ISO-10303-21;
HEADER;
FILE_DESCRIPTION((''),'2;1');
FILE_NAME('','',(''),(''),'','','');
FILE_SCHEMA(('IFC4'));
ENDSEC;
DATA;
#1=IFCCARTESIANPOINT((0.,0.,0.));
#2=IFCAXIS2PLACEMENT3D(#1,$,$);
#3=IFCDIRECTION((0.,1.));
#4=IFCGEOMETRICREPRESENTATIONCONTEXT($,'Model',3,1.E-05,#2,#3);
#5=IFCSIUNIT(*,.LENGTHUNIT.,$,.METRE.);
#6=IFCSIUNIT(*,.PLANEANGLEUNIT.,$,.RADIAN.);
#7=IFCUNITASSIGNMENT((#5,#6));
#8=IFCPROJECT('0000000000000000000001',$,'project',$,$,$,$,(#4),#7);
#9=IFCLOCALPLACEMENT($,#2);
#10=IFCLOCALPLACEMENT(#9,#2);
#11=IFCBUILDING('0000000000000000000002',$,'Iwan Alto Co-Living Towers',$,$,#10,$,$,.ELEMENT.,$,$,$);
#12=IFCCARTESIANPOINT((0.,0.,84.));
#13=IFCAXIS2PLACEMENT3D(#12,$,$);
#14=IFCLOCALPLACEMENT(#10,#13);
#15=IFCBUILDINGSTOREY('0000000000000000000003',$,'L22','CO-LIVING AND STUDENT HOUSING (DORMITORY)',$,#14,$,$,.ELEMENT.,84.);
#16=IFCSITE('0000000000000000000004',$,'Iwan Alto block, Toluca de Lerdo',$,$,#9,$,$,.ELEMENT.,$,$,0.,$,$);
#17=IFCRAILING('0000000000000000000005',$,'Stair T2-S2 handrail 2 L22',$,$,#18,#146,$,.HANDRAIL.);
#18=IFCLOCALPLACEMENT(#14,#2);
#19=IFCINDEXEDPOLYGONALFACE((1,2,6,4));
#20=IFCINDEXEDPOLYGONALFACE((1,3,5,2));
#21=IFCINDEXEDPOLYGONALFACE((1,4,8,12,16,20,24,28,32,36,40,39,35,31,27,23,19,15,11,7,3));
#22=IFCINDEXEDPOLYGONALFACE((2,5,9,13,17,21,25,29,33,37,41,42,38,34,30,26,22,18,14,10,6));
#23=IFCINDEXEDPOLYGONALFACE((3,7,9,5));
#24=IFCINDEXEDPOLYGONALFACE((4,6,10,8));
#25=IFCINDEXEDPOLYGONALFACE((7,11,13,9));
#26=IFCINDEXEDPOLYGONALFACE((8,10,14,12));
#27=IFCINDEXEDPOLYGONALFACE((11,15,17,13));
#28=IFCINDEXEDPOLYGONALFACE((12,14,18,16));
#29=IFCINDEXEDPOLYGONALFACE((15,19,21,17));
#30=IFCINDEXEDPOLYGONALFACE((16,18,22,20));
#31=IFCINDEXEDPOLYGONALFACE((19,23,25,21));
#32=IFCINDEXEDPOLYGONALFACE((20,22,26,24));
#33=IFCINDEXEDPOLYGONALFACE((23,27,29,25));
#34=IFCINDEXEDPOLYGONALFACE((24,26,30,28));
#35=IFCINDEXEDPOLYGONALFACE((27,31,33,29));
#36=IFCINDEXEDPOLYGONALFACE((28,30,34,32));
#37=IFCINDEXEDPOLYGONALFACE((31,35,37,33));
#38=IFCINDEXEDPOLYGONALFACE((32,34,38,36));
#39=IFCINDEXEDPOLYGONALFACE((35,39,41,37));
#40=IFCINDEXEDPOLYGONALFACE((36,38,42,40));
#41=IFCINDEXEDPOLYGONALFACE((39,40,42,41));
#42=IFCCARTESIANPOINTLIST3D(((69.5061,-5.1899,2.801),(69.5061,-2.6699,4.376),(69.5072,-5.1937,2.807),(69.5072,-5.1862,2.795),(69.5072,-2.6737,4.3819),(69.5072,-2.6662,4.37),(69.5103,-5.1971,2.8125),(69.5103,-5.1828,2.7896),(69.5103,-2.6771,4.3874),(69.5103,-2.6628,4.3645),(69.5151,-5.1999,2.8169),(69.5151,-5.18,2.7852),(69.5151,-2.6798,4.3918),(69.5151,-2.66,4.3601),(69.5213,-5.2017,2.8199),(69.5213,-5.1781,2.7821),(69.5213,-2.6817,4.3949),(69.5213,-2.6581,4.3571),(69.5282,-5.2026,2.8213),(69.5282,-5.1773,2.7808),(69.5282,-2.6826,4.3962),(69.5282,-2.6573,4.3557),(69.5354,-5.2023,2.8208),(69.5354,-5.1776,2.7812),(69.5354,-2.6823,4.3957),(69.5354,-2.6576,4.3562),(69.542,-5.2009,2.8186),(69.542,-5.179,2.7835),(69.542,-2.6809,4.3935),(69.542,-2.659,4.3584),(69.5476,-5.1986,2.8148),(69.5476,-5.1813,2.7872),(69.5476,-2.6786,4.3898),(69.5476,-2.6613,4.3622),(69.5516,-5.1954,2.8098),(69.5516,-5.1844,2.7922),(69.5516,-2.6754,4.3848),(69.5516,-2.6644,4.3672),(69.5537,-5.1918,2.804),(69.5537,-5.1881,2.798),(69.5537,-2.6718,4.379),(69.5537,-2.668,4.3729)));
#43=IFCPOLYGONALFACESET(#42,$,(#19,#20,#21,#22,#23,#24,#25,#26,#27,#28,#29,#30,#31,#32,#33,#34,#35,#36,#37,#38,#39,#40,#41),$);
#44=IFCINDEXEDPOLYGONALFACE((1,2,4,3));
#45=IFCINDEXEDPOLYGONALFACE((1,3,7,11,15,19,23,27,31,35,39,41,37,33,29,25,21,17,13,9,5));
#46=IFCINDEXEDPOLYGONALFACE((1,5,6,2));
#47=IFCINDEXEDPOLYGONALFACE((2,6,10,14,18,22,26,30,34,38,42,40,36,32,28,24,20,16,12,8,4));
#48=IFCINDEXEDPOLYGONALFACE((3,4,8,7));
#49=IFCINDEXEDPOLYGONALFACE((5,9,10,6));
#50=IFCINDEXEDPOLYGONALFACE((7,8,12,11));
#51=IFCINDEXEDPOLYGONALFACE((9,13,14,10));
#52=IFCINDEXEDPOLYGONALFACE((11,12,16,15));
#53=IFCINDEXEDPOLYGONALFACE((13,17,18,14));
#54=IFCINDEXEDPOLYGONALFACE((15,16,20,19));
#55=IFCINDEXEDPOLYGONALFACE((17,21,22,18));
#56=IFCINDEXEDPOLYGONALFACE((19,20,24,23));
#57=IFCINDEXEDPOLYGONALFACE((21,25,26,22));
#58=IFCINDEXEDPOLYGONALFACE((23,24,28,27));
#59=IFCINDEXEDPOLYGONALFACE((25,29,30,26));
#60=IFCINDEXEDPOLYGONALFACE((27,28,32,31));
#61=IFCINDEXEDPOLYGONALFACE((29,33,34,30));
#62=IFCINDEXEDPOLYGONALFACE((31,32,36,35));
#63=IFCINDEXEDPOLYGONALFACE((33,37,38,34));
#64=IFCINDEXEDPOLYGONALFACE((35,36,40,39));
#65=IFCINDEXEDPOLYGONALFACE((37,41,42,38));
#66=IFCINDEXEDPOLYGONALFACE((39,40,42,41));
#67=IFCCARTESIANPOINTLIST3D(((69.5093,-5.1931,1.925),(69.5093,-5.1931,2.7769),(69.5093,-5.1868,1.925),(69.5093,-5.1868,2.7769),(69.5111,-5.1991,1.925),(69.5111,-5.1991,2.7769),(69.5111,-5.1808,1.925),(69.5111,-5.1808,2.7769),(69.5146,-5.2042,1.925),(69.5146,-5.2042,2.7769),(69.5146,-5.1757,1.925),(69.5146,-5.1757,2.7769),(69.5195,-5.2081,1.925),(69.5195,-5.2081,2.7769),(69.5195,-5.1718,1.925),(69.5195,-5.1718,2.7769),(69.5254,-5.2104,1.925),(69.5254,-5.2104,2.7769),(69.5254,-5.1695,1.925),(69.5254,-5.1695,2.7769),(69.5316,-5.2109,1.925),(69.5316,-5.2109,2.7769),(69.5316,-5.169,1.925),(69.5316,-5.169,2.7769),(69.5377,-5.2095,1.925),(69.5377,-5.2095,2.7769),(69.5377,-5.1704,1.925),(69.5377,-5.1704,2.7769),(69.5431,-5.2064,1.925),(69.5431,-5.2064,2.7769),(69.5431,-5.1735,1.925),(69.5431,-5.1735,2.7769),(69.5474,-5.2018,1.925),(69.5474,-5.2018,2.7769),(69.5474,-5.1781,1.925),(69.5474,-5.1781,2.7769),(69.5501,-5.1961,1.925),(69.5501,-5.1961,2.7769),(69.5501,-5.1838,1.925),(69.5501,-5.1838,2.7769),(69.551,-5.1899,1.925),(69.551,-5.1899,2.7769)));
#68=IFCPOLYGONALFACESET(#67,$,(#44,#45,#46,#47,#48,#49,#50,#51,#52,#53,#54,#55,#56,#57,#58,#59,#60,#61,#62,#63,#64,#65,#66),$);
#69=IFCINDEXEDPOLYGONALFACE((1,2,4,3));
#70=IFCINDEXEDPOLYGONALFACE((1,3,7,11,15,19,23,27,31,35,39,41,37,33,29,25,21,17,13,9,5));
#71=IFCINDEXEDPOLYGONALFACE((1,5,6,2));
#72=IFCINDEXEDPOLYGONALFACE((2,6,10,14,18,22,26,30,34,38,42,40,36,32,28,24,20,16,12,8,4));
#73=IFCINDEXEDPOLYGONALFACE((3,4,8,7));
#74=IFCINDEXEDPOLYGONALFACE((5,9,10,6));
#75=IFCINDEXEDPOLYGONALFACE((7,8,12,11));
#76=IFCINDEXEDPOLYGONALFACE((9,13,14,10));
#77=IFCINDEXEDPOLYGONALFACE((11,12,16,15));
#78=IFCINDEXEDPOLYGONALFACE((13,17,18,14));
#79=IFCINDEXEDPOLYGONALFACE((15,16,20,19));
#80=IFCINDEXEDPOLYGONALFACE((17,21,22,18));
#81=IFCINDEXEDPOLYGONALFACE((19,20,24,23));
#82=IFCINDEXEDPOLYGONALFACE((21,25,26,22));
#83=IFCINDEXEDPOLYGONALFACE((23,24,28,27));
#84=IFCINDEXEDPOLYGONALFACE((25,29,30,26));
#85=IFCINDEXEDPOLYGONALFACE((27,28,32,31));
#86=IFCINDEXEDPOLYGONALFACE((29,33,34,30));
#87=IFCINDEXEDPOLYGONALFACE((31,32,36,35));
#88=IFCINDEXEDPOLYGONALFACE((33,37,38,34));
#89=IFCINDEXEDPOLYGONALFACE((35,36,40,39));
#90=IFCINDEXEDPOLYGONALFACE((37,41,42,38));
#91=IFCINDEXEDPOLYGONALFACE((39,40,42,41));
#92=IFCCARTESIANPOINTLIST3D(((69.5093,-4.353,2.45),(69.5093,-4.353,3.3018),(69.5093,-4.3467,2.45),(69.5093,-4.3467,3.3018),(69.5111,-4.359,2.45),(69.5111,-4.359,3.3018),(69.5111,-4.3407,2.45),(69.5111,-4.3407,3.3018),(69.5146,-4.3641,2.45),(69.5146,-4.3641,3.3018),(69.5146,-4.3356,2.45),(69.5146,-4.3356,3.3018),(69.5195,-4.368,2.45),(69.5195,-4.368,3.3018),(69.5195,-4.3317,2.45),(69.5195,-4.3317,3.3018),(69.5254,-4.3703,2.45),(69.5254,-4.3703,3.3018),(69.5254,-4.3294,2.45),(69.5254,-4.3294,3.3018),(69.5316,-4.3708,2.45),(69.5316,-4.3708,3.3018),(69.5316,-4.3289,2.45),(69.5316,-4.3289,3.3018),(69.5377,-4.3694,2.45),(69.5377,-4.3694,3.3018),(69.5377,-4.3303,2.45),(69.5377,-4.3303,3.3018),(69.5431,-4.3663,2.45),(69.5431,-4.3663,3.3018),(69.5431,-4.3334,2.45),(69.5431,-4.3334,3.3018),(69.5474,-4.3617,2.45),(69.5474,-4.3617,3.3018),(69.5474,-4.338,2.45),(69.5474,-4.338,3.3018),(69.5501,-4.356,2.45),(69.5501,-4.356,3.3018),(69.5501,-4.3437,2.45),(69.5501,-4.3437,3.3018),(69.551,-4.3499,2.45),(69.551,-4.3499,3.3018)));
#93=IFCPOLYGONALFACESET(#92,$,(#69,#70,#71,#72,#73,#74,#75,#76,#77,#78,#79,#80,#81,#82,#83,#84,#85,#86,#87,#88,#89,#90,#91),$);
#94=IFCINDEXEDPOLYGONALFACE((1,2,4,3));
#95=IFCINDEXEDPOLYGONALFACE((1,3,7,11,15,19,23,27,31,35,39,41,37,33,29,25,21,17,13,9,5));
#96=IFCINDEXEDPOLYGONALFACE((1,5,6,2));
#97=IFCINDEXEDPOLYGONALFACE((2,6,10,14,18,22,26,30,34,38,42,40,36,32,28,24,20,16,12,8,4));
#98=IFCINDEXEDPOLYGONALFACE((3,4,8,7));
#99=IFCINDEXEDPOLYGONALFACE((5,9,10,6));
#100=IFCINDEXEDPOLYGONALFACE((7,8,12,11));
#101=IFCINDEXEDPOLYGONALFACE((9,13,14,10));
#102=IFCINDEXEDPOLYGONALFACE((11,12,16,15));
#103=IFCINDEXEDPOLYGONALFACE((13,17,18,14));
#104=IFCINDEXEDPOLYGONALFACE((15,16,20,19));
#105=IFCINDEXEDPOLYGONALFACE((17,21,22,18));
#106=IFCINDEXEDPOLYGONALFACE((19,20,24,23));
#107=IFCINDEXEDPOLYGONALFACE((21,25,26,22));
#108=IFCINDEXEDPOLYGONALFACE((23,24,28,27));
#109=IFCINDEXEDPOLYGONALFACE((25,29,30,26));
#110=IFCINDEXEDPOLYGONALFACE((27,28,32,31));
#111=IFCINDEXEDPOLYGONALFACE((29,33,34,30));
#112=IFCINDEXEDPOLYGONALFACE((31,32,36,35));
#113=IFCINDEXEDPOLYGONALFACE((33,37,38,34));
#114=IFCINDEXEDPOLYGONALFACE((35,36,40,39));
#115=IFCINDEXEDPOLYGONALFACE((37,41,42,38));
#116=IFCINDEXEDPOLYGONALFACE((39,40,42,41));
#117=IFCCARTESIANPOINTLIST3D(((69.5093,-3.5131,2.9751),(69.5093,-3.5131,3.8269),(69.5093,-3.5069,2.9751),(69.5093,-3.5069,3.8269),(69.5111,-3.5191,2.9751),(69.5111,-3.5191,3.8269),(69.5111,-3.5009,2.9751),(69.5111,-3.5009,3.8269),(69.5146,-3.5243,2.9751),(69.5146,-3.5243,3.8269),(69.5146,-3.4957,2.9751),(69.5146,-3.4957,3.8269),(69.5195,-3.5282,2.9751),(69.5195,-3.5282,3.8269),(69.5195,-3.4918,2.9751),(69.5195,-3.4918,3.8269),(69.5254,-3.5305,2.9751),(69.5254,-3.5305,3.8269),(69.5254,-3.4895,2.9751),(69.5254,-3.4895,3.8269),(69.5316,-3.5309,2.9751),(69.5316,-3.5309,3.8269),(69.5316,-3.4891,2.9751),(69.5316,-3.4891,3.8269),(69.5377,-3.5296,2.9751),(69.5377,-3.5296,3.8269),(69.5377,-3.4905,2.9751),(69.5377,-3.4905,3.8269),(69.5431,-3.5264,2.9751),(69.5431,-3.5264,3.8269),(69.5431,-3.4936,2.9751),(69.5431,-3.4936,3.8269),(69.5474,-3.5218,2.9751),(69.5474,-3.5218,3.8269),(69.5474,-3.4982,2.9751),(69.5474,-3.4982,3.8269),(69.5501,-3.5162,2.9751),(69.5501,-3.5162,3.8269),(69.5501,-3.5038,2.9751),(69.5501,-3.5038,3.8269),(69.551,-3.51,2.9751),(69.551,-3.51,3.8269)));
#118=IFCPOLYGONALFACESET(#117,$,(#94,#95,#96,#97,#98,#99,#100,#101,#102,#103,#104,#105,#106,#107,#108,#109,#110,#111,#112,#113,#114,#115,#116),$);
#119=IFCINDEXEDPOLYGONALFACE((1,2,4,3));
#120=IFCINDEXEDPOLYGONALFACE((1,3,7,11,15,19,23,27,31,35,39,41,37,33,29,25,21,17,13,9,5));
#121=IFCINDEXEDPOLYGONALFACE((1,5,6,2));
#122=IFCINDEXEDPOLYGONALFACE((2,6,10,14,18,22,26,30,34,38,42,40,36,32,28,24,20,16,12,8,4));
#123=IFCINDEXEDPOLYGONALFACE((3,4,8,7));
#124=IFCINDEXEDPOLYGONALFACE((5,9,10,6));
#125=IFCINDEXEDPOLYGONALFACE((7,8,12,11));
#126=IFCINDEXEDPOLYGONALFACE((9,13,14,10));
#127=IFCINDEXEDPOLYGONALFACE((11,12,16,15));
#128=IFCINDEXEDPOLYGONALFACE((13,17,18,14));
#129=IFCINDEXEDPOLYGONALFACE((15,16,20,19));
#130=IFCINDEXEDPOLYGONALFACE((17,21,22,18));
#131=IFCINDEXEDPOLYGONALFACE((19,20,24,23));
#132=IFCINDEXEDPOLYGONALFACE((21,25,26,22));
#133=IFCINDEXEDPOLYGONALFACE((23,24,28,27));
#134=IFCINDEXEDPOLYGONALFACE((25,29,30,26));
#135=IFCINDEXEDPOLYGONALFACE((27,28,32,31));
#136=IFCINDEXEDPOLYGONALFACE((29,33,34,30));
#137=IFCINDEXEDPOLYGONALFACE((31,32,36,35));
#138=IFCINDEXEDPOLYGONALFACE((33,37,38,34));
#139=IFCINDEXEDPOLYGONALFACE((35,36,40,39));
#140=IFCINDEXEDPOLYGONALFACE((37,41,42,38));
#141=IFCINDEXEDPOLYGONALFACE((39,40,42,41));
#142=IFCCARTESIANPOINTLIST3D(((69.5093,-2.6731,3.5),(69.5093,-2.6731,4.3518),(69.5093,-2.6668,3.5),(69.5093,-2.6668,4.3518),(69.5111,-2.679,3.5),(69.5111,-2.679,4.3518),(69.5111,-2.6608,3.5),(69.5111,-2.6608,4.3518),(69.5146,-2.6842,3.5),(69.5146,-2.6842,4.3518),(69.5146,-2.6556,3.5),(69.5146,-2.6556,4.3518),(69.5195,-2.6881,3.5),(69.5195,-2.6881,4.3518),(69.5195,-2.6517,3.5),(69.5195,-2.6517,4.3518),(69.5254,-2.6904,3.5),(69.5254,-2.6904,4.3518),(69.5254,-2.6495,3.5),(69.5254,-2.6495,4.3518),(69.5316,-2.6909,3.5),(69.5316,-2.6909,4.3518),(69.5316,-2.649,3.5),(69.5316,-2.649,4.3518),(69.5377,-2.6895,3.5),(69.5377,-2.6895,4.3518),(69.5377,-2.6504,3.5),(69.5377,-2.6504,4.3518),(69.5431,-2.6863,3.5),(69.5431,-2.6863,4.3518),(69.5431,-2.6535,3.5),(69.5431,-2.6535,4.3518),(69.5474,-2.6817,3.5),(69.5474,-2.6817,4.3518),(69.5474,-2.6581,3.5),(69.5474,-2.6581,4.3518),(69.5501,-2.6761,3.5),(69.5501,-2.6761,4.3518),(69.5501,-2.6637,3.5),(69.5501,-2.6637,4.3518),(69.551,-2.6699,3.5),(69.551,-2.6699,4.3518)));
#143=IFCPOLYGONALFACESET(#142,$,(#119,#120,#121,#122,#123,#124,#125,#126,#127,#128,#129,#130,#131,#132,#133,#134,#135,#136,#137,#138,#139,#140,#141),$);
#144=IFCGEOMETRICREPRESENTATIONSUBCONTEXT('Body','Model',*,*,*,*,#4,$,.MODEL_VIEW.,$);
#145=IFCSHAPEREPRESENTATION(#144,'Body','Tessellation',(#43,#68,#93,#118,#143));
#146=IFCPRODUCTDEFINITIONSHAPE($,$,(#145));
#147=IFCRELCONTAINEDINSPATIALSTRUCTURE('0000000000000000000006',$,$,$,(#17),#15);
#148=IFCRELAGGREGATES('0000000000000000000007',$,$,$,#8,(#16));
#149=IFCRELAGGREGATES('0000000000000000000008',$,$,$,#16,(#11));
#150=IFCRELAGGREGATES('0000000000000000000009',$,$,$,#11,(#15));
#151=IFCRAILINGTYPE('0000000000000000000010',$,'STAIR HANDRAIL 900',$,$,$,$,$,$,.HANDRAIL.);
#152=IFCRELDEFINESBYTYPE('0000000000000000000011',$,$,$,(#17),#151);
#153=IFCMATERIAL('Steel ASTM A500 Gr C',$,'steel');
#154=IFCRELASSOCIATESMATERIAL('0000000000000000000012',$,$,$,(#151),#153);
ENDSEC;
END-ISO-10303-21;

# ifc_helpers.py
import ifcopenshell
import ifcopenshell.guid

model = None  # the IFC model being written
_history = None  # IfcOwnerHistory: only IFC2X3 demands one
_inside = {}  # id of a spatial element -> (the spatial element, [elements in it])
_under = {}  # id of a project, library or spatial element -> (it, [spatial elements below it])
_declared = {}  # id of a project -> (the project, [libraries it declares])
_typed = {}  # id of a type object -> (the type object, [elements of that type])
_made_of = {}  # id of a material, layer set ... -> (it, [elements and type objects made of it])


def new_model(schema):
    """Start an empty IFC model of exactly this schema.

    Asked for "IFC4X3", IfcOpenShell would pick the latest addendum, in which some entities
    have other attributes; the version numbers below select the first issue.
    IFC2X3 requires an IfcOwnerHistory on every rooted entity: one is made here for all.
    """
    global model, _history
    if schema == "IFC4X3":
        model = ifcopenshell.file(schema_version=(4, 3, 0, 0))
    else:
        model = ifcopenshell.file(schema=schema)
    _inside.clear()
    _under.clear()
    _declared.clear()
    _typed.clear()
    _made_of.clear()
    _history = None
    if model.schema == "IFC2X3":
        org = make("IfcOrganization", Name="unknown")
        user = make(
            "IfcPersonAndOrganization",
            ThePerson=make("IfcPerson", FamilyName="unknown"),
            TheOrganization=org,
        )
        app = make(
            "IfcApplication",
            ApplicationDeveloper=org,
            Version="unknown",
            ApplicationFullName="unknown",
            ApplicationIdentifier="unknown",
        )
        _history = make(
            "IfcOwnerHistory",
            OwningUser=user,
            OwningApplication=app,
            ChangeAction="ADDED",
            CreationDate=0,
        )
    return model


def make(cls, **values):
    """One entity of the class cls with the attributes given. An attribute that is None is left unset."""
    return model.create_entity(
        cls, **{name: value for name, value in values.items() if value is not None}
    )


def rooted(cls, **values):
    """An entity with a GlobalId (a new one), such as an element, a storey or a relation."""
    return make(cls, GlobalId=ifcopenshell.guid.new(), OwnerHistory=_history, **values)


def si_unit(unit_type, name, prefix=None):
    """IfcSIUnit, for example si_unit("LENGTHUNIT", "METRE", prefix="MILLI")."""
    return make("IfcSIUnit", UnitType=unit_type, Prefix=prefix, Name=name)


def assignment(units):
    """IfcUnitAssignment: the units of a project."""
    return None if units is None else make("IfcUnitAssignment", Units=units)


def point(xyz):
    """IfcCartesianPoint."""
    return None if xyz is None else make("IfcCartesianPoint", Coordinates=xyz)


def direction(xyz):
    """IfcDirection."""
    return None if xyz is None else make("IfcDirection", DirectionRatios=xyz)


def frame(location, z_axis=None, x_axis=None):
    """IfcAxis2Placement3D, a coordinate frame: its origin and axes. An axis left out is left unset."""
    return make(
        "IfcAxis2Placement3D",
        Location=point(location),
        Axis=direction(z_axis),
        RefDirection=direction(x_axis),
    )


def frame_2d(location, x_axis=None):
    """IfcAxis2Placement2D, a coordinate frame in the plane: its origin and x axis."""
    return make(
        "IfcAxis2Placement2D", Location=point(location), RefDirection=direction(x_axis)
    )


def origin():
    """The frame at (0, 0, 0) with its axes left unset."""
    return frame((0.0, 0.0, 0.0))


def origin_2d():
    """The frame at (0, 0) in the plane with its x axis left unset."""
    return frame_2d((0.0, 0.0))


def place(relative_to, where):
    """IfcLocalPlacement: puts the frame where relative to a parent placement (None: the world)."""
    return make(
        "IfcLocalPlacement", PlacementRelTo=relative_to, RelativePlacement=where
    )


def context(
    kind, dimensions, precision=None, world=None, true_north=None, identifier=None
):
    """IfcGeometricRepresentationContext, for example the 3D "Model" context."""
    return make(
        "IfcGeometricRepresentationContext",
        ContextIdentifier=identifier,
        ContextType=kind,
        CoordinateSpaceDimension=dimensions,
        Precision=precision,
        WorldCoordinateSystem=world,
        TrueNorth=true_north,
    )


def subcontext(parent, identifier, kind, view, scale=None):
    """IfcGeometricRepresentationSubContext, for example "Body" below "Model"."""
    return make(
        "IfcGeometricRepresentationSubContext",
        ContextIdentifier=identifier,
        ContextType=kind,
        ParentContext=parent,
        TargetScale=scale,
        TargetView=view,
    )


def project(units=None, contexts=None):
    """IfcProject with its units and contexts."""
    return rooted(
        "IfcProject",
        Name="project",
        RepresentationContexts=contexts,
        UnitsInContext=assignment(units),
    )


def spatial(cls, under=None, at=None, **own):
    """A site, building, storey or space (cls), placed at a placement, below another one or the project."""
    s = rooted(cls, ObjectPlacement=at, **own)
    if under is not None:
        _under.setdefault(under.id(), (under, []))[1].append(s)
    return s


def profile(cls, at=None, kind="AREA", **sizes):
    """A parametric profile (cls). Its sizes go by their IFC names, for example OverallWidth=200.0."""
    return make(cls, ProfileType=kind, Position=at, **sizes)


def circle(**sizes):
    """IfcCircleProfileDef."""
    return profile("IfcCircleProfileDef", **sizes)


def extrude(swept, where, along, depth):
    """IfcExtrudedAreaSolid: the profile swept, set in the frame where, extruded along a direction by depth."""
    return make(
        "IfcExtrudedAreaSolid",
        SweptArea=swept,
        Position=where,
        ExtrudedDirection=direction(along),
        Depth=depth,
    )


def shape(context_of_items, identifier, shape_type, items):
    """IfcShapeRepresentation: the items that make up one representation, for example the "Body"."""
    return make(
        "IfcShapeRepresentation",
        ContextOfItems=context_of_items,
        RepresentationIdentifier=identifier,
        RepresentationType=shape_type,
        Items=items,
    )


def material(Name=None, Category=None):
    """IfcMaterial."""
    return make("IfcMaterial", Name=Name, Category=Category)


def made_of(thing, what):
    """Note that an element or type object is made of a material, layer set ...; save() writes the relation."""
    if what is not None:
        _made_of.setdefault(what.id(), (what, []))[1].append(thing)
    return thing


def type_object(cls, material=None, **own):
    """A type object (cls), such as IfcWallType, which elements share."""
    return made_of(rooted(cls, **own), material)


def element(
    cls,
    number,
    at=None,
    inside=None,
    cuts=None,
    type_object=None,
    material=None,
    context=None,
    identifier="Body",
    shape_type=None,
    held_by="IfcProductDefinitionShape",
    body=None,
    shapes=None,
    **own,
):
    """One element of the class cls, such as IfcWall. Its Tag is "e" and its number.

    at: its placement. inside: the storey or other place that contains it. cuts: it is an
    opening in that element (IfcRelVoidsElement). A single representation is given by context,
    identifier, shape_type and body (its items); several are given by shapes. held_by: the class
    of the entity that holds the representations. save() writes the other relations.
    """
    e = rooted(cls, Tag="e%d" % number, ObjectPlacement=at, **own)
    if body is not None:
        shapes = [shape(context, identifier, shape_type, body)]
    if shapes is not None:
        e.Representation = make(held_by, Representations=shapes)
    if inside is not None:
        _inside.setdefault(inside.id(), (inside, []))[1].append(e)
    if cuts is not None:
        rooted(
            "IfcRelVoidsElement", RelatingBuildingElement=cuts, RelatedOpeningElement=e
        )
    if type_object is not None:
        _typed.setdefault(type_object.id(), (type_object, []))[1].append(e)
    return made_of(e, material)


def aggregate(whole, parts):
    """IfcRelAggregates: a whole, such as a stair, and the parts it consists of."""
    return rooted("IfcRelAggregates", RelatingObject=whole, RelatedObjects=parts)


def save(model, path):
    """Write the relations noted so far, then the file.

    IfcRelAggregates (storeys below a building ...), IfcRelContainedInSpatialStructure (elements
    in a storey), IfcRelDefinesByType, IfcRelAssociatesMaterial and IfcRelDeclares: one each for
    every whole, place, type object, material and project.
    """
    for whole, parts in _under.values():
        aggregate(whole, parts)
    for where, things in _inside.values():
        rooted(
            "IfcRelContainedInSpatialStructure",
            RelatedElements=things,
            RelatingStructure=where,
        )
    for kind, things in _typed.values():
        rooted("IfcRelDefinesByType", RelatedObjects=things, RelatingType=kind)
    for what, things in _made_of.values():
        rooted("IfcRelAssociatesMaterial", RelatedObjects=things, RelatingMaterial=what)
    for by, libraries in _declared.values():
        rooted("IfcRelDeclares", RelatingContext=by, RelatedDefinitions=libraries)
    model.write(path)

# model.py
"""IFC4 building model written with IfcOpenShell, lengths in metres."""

from ifc_helpers import new_model, si_unit, direction, frame, origin, origin_2d, place, context, subcontext, project, spatial, circle, extrude, material, type_object, element, save


model = new_model("IFC4")

# Units and contexts
model_context = context("Model", 3, precision=1e-05, world=origin(), true_north=direction((0.0, 1.0)))
body_context = subcontext(model_context, "Body", "Model", "MODEL_VIEW")
ifc_project = project(units=[si_unit("LENGTHUNIT", "METRE"), si_unit("PLANEANGLEUNIT", "RADIAN")], contexts=[model_context])

# Site, building, storey
site_placement = place(None, origin())
site = spatial("IfcSite", under=ifc_project, at=site_placement, Name="Iwan Alto block, Toluca de Lerdo", CompositionType="ELEMENT", RefElevation=0.0)
building_placement = place(site_placement, origin())
building = spatial("IfcBuilding", under=site, at=building_placement, Name="Iwan Alto Co-Living Towers", CompositionType="ELEMENT")
storey_placement = place(building_placement, frame((0.0, 0.0, 84.0)))
storey = spatial("IfcBuildingStorey", under=building, at=storey_placement, Name="L22", Description="CO-LIVING AND STUDENT HOUSING (DORMITORY)", CompositionType="ELEMENT", Elevation=84.0)

# Railing
ifc_material_1 = material(Name="Steel ASTM A500 Gr C", Category="steel")
railing_type = type_object("IfcRailingType", Name="STAIR HANDRAIL 900", PredefinedType="HANDRAIL", material=ifc_material_1)
railing_placement = place(storey_placement, frame((69.53, -5.1899, 1.925)))
element("IfcRailing", 1, at=railing_placement, inside=storey, type_object=railing_type, Name="Stair T2-S2 handrail 2 L22", PredefinedType="HANDRAIL", context=body_context, shape_type="SweptSolid", body=[
    extrude(circle(Radius=0.0239, at=origin_2d()), frame((0.0, 0.0, 0.876), z_axis=(0.0, 0.848008, 0.529984), x_axis=(-1.0, 0.0, 0.0)), (0.0, 0.0, 1.0), 2.9717),
    extrude(circle(Radius=0.021, at=origin_2d()), origin(), (0.0, 0.0, 1.0), 0.8518),
    extrude(circle(Radius=0.021, at=origin_2d()), frame((0.0, 0.8401, 0.5249)), (0.0, 0.0, 1.0), 0.8518),
    extrude(circle(Radius=0.021, at=origin_2d()), frame((0.0, 1.6799, 1.05)), (0.0, 0.0, 1.0), 0.8518),
    extrude(circle(Radius=0.021, at=origin_2d()), frame((0.0, 2.52, 1.575)), (0.0, 0.0, 1.0), 0.8518),
])

save(model, "model.ifc")
